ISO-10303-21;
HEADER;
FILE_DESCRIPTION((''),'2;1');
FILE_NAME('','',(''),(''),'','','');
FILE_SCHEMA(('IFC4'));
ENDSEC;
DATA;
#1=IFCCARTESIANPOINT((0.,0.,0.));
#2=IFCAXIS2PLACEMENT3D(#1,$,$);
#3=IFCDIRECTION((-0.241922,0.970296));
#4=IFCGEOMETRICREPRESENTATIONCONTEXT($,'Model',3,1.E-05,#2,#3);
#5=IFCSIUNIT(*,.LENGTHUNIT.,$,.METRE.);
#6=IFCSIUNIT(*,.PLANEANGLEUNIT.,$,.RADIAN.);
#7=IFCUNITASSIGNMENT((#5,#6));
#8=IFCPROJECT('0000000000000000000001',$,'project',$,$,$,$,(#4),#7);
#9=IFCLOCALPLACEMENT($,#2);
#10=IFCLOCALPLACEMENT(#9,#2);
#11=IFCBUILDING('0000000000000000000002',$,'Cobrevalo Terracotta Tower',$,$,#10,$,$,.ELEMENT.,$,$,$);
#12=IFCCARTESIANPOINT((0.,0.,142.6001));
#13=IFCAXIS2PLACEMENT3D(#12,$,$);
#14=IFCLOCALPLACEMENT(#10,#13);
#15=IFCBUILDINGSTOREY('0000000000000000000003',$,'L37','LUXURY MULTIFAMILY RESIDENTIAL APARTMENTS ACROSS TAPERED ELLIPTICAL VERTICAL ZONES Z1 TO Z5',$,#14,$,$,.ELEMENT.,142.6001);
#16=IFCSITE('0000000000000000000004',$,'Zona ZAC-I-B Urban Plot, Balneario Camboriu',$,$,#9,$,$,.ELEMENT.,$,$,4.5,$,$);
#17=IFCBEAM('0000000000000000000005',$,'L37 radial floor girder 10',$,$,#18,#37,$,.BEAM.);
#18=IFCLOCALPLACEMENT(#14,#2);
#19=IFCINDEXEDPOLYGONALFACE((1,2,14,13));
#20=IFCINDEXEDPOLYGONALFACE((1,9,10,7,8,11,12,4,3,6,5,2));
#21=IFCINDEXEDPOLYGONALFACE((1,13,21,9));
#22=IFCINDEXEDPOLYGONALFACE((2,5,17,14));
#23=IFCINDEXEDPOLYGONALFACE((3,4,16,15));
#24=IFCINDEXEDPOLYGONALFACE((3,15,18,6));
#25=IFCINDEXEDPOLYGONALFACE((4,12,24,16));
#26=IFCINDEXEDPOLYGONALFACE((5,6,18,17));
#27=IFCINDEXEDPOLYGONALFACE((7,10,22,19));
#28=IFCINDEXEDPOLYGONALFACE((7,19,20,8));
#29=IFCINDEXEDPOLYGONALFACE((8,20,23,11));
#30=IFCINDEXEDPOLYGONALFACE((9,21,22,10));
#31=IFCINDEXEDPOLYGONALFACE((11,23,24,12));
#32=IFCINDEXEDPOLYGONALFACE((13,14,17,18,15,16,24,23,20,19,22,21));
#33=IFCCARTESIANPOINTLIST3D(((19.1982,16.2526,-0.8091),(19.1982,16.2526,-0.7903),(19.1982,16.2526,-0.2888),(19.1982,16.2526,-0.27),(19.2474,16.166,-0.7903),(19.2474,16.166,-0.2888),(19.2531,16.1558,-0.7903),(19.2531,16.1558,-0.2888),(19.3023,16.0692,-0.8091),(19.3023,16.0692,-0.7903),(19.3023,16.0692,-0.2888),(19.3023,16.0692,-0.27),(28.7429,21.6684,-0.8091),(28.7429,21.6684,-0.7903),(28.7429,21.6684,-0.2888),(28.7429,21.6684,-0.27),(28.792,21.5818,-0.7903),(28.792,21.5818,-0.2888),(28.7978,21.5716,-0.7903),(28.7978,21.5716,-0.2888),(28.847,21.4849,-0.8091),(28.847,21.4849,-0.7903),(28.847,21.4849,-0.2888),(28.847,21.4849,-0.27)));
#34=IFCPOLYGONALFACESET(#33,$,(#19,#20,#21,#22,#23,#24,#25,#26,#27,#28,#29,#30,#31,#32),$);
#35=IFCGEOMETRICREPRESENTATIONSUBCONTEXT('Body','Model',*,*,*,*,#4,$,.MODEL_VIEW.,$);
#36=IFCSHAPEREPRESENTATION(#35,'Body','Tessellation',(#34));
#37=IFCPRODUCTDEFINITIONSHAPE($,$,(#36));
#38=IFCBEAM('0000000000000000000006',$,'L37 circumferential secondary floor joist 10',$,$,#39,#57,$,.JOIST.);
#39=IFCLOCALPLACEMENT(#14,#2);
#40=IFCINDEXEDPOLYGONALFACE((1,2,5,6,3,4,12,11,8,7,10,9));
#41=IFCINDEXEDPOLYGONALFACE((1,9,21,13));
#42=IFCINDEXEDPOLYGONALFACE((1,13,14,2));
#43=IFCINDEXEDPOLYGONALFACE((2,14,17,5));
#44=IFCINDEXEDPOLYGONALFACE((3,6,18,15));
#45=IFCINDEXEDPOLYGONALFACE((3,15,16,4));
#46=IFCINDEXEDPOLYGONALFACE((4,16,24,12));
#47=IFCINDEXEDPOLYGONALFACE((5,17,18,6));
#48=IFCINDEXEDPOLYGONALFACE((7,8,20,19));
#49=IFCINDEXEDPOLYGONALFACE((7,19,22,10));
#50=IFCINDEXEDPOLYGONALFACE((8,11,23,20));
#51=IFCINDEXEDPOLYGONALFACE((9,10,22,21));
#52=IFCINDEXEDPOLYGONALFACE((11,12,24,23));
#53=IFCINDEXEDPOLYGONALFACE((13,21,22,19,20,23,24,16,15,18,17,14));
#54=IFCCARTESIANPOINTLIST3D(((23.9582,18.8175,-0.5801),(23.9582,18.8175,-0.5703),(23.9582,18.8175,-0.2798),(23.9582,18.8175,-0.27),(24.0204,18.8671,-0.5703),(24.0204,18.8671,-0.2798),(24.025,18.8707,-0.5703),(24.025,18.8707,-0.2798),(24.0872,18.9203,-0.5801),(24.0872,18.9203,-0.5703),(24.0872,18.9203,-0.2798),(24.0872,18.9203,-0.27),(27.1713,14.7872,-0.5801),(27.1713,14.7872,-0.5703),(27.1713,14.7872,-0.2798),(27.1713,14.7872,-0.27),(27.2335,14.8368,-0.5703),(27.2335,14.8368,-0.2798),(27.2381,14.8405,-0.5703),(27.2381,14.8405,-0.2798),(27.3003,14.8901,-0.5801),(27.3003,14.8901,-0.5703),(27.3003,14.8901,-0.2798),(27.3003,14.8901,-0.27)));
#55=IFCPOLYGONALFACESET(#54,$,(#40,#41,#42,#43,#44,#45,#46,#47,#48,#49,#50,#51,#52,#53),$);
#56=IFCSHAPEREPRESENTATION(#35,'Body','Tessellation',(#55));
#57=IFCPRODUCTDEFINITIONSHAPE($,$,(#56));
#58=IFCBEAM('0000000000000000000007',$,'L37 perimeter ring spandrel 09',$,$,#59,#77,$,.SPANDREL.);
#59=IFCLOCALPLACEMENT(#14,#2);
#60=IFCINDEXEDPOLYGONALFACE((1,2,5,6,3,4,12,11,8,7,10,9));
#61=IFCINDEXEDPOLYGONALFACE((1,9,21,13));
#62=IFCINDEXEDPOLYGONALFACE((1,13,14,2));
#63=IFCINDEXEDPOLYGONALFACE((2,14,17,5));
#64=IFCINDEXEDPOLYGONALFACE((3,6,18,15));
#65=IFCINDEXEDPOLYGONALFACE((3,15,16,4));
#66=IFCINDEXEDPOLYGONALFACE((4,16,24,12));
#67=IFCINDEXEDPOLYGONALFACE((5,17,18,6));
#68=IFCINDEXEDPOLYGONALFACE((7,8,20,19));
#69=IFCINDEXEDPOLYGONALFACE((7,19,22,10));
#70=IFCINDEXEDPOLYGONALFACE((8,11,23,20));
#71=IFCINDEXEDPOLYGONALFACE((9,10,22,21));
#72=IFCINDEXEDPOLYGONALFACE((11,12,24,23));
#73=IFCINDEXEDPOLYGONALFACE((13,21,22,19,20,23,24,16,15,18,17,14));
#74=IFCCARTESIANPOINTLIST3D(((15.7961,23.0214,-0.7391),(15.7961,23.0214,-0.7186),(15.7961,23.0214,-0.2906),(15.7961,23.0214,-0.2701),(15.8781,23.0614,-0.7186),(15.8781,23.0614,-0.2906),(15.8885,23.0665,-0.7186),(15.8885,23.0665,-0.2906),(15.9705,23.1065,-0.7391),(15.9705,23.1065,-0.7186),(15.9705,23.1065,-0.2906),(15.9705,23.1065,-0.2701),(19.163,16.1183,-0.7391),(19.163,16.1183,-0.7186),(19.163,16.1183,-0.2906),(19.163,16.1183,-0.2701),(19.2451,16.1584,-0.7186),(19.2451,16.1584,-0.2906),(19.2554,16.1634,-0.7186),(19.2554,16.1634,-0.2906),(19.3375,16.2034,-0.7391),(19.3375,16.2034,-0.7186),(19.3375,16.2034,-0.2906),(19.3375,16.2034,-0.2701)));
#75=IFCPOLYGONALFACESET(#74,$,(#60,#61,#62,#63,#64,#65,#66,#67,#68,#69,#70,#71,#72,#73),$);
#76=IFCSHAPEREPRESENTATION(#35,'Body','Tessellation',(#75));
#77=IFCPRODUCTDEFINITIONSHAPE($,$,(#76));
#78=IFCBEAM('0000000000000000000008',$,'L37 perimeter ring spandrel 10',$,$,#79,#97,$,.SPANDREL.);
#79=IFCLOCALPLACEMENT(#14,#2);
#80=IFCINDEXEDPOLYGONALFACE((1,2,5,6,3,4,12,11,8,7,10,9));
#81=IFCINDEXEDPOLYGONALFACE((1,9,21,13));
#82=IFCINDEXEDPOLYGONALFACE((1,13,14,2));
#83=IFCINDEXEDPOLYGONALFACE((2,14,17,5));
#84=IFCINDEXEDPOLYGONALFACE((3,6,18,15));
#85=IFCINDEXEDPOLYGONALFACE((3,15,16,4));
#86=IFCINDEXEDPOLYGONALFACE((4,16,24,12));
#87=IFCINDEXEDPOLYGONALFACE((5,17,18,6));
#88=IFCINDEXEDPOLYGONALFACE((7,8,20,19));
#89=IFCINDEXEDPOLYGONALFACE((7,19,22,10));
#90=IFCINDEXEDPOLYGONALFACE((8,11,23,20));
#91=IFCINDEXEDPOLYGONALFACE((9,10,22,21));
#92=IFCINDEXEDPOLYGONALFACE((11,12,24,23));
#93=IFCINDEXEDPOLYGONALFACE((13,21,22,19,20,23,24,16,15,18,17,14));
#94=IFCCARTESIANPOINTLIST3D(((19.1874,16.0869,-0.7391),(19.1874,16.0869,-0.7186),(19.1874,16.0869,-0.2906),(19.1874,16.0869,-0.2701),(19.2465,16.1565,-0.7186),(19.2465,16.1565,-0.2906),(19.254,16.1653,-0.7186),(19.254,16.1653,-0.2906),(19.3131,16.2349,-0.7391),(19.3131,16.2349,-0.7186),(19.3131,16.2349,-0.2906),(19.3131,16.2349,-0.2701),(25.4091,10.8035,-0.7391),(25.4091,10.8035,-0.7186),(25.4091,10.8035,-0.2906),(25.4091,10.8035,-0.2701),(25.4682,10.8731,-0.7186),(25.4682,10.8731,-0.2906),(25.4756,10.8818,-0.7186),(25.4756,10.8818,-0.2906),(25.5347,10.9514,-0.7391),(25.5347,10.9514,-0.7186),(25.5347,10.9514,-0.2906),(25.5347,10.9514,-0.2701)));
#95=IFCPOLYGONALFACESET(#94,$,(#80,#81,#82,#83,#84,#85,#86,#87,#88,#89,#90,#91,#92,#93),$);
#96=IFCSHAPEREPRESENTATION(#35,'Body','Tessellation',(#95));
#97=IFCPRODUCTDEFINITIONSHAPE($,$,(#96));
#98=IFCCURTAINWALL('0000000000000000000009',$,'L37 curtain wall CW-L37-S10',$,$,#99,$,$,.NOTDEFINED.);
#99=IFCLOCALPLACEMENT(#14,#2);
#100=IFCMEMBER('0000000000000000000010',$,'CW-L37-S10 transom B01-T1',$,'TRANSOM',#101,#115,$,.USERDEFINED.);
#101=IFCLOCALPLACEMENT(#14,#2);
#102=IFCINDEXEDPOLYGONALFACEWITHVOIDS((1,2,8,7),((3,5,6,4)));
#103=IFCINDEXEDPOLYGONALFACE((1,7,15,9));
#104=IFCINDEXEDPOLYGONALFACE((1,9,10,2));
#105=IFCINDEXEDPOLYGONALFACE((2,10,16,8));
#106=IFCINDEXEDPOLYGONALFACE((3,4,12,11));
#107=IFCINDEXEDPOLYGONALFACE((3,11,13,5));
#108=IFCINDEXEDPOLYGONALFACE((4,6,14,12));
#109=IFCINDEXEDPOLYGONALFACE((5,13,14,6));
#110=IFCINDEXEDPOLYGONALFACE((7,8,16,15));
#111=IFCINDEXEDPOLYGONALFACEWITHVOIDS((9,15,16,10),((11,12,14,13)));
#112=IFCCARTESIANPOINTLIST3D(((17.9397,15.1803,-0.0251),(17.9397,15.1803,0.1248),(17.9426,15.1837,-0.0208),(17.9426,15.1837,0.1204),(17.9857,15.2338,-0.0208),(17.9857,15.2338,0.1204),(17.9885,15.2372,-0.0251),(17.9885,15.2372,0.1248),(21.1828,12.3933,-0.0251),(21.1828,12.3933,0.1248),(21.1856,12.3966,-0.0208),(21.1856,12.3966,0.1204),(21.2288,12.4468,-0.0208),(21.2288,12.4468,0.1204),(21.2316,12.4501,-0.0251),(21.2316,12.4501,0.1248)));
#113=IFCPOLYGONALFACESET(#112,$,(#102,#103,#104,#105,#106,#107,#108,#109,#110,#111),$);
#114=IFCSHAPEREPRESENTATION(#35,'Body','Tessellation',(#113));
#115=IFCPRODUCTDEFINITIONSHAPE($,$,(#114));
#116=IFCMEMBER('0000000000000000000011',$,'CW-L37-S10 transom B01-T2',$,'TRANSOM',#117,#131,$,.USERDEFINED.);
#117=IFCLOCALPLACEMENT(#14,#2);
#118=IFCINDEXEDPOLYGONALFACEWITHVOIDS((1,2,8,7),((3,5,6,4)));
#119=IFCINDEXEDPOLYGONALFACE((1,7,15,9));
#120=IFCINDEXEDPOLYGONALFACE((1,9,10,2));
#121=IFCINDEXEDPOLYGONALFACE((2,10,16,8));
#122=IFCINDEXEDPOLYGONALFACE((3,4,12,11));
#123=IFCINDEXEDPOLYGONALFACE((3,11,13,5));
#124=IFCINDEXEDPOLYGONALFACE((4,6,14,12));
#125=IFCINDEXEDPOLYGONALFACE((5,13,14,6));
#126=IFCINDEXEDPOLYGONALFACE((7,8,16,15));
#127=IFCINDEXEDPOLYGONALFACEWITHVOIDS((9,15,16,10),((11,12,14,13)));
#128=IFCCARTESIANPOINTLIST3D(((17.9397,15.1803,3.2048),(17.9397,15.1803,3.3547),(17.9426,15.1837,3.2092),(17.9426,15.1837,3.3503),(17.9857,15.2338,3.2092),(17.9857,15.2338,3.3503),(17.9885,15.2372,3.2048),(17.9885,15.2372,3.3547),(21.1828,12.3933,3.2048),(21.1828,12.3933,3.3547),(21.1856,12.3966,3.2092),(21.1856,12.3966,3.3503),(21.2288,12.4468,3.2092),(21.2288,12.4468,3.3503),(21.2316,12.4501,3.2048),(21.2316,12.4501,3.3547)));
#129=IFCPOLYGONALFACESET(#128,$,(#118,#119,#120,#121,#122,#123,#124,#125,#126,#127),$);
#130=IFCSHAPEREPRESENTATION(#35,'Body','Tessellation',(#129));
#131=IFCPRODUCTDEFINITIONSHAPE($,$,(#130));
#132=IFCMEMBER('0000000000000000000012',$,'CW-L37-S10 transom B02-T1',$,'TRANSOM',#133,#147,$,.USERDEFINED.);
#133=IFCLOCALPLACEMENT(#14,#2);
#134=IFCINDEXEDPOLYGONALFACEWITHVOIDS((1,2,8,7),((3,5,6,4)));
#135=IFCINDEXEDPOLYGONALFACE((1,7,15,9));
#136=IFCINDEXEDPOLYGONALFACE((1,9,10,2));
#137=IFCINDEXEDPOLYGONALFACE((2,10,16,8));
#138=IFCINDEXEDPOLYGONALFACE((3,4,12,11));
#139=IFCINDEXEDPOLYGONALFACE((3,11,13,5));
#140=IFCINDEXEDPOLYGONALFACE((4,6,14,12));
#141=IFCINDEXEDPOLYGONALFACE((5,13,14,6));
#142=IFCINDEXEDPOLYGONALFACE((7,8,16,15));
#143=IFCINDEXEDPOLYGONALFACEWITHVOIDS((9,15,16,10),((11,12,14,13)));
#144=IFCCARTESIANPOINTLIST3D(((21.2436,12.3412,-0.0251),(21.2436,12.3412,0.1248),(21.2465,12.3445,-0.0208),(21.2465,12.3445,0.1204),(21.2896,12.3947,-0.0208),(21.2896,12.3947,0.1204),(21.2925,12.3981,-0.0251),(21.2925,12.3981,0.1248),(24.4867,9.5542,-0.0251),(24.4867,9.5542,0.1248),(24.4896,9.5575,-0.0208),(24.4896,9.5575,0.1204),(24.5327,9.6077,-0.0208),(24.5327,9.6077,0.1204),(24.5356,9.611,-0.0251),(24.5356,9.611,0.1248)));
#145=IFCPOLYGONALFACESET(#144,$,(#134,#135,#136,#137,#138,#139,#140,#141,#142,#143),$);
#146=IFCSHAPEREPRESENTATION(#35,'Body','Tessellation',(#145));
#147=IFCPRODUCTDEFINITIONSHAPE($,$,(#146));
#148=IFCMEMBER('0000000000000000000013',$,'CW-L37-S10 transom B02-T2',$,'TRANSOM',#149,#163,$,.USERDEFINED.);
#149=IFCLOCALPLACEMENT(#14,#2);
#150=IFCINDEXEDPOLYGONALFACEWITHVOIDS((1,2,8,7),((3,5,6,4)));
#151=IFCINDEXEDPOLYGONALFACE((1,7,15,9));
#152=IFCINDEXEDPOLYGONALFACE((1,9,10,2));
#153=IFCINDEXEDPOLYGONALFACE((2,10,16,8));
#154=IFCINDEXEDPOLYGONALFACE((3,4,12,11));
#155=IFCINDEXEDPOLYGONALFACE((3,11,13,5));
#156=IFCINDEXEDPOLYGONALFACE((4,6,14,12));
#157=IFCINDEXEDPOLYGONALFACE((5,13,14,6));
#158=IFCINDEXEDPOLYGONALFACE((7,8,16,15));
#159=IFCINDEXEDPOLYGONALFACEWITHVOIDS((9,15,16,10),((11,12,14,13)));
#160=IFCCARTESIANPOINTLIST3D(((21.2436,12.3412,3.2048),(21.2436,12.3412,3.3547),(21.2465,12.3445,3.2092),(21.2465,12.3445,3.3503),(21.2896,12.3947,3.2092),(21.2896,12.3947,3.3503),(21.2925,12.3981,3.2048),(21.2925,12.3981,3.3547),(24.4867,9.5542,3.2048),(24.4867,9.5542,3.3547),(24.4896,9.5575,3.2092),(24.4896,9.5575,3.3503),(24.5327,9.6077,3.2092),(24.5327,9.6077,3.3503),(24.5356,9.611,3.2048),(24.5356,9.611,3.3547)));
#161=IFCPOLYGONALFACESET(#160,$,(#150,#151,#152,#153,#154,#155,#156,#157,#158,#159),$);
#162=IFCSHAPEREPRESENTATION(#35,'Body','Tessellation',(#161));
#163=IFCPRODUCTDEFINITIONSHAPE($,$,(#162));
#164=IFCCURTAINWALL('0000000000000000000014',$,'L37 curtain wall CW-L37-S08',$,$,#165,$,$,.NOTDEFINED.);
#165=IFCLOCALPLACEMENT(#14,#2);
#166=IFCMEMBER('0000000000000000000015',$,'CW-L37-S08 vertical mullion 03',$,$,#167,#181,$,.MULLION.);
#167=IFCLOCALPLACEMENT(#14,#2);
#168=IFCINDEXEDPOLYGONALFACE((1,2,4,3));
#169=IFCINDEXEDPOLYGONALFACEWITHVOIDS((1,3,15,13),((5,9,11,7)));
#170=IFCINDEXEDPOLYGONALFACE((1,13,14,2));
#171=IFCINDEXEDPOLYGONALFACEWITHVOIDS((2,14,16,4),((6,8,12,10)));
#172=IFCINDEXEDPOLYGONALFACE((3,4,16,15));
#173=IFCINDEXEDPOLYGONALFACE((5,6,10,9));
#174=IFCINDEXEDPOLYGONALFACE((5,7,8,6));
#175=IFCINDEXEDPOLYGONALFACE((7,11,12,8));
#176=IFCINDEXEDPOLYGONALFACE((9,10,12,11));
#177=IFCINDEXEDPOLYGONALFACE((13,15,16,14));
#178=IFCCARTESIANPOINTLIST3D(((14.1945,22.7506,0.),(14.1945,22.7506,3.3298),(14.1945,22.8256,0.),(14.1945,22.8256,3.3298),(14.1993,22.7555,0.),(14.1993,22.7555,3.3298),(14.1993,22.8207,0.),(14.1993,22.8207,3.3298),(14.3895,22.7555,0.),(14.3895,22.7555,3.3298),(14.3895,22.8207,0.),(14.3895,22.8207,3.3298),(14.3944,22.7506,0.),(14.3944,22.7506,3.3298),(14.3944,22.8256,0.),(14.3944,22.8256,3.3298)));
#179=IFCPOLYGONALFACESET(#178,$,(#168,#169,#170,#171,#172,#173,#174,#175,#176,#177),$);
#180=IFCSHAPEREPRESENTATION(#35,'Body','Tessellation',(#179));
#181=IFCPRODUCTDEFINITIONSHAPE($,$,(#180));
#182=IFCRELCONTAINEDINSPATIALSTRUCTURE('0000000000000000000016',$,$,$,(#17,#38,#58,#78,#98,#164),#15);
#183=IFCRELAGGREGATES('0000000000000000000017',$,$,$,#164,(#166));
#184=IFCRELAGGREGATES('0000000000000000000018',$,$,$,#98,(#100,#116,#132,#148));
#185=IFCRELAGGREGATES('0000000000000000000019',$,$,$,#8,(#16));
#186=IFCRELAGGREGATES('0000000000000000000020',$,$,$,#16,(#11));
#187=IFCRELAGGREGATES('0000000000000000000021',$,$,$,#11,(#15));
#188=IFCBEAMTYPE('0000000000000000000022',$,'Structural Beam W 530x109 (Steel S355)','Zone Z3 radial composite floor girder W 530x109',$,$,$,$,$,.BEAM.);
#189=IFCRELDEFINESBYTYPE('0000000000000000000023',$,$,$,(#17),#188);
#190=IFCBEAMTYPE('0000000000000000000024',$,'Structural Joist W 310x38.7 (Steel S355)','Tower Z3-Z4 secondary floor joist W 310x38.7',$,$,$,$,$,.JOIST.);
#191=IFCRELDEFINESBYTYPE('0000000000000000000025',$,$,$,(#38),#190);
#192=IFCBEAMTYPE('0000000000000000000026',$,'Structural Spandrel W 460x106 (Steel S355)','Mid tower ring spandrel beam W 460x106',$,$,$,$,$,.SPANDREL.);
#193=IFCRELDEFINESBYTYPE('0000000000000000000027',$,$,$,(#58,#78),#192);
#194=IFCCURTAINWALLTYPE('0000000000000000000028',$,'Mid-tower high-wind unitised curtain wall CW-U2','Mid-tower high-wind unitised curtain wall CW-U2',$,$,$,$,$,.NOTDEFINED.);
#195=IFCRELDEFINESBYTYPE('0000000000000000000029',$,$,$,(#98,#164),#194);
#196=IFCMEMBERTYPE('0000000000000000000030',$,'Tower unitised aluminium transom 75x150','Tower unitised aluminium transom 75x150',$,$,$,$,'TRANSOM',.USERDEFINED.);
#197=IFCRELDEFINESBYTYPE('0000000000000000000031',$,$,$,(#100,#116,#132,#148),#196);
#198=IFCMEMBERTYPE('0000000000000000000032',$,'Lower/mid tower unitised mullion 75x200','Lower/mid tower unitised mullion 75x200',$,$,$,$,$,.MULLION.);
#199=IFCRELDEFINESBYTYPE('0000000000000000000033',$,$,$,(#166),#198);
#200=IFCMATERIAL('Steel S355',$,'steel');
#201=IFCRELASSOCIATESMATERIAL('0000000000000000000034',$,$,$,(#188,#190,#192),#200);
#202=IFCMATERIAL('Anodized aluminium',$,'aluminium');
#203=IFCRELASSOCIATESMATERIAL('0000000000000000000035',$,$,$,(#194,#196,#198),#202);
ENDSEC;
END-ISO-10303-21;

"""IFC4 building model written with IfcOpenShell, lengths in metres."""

from ifc_helpers import new_model, si_unit, direction, frame, origin, origin_2d, place, context, subcontext, project, spatial, hollow_rectangle, i_section, extrude, source, transform, mapped, material, material_profile, profile_set, type_object, element, aggregate, save


model = new_model("IFC4")

# Units and contexts
model_context = context("Model", 3, precision=1e-05, world=origin(), true_north=direction((-0.241922, 0.970296)))
body_context = subcontext(model_context, "Body", "Model", "MODEL_VIEW")
ifc_project = project(units=[si_unit("LENGTHUNIT", "METRE"), si_unit("PLANEANGLEUNIT", "RADIAN")], contexts=[model_context])

# Site, building, storey
site_placement = place(None, origin())
site = spatial("IfcSite", under=ifc_project, at=site_placement, Name="Zona ZAC-I-B Urban Plot, Balneario Camboriu", CompositionType="ELEMENT", RefElevation=4.5)
building_placement = place(site_placement, origin())
building = spatial("IfcBuilding", under=site, at=building_placement, Name="Cobrevalo Terracotta Tower", CompositionType="ELEMENT")
storey_placement = place(building_placement, frame((0.0, 0.0, 142.6001)))
storey = spatial("IfcBuildingStorey", under=building, at=storey_placement, Name="L37", Description="LUXURY MULTIFAMILY RESIDENTIAL APARTMENTS ACROSS TAPERED ELLIPTICAL VERTICAL ZONES Z1 TO Z5", CompositionType="ELEMENT", Elevation=142.6001)

# Shared definitions
ifc_material_1 = material(Name="Steel S355", Category="steel")

# Beams
ifc_material_profile_1 = material_profile(ifc_material_1, i_section(OverallWidth=0.2109, OverallDepth=0.5391, WebThickness=0.0117, FlangeThickness=0.0188, at=origin_2d()), Name="W 530x109")
ifc_profile_set_1 = profile_set([ifc_material_profile_1], Name="Steel S355")
beam_type_1 = type_object("IfcBeamType", Name="Structural Beam W 530x109 (Steel S355)", Description="Zone Z3 radial composite floor girder W 530x109", PredefinedType="BEAM", material=ifc_profile_set_1)
beam_1_placement = place(storey_placement, frame((19.2502, 16.1609, -0.5396), z_axis=(0.869744, 0.493504, 0.0), x_axis=(-0.493504, 0.869744, 0.0)))
element("IfcBeam", 1, at=beam_1_placement, inside=storey, type_object=beam_type_1, Name="L37 radial floor girder 10", PredefinedType="BEAM", context=body_context, shape_type="SweptSolid", body=[
    extrude(i_section(OverallWidth=0.2109, OverallDepth=0.5391, WebThickness=0.0117, FlangeThickness=0.0188, at=origin_2d()), origin(), (0.0, 0.0, 1.0), 10.9741),
])
ifc_material_profile_2 = material_profile(ifc_material_1, i_section(OverallWidth=0.165, OverallDepth=0.3101, WebThickness=0.0059, FlangeThickness=0.0098, at=origin_2d()), Name="W 310x38.7")
ifc_profile_set_2 = profile_set([ifc_material_profile_2], Name="Steel S355")
beam_type_2 = type_object("IfcBeamType", Name="Structural Joist W 310x38.7 (Steel S355)", Description="Tower Z3-Z4 secondary floor joist W 310x38.7", PredefinedType="JOIST", material=ifc_profile_set_2)
beam_2_placement = place(storey_placement, frame((24.0227, 18.8689, -0.425), z_axis=(0.623383, -0.781917, 0.0), x_axis=(0.781917, 0.623383, 0.0)))
element("IfcBeam", 2, at=beam_2_placement, inside=storey, type_object=beam_type_2, Name="L37 circumferential secondary floor joist 10", PredefinedType="JOIST", context=body_context, shape_type="SweptSolid", body=[
    extrude(i_section(OverallWidth=0.165, OverallDepth=0.3101, WebThickness=0.0059, FlangeThickness=0.0098, at=origin_2d()), origin(), (0.0, 0.0, 1.0), 5.1543),
])
ifc_material_profile_3 = material_profile(ifc_material_1, i_section(OverallWidth=0.1941, OverallDepth=0.469, WebThickness=0.0115, FlangeThickness=0.0205, at=origin_2d()), Name="W 460x106")
ifc_profile_set_3 = profile_set([ifc_material_profile_3], Name="Steel S355")
beam_type_3 = type_object("IfcBeamType", Name="Structural Spandrel W 460x106 (Steel S355)", Description="Mid tower ring spandrel beam W 460x106", PredefinedType="SPANDREL", material=ifc_profile_set_3)
beam_3_placement = place(storey_placement, frame((15.8833, 23.064, -0.5046), z_axis=(0.43838, -0.89879, 0.0), x_axis=(0.89879, 0.43838, 0.0)))
element("IfcBeam", 3, at=beam_3_placement, inside=storey, type_object=beam_type_3, Name="L37 perimeter ring spandrel 09", PredefinedType="SPANDREL", context=body_context, shape_type="SweptSolid", body=[
    extrude(i_section(OverallWidth=0.1941, OverallDepth=0.469, WebThickness=0.0115, FlangeThickness=0.0205, at=origin_2d()), origin(), (0.0, 0.0, 1.0), 7.6804),
])
beam_4_placement = place(storey_placement, frame((19.2502, 16.1609, -0.5046), z_axis=(0.76224, -0.647294, 0.0), x_axis=(0.647294, 0.76224, 0.0)))
element("IfcBeam", 4, at=beam_4_placement, inside=storey, type_object=beam_type_3, Name="L37 perimeter ring spandrel 10", PredefinedType="SPANDREL", context=body_context, shape_type="SweptSolid", body=[
    extrude(i_section(OverallWidth=0.1941, OverallDepth=0.469, WebThickness=0.0115, FlangeThickness=0.0205, at=origin_2d()), origin(), (0.0, 0.0, 1.0), 8.1624),
])

# Curtain wall, members
ifc_material_2 = material(Name="Anodized aluminium", Category="aluminium")
curtain_wall_type = type_object("IfcCurtainWallType", Name="Mid-tower high-wind unitised curtain wall CW-U2", Description="Mid-tower high-wind unitised curtain wall CW-U2", PredefinedType="NOTDEFINED", material=ifc_material_2)
curtain_wall_1_placement = place(storey_placement, origin())
curtain_wall_1 = element("IfcCurtainWall", 5, at=curtain_wall_1_placement, inside=storey, type_object=curtain_wall_type, Name="L37 curtain wall CW-L37-S10", PredefinedType="NOTDEFINED")
ifc_material_profile_4 = material_profile(ifc_material_2, hollow_rectangle(XDim=0.075, YDim=0.1499, WallThickness=0.0044, at=origin_2d()), Name="CWT 75x150")
ifc_profile_set_4 = profile_set([ifc_material_profile_4], Name="Anodized aluminium")
member_type_1 = type_object("IfcMemberType", Name="Tower unitised aluminium transom 75x150", Description="Tower unitised aluminium transom 75x150", ElementType="TRANSOM", PredefinedType="USERDEFINED", material=ifc_profile_set_4)
shared_shape_1 = source(origin(), body_context, "Body", "SweptSolid", [
    extrude(hollow_rectangle(XDim=0.075, YDim=0.1499, WallThickness=0.0044, at=origin_2d()), origin(), (0.0, 0.0, 1.0), 4.2761),
])
member_1_placement = place(storey_placement, frame((17.9641, 15.2087, 0.0498), z_axis=(0.758418, -0.651769, 0.0), x_axis=(0.651769, 0.758418, 0.0)))
member_1 = element("IfcMember", 6, at=member_1_placement, type_object=member_type_1, Name="CW-L37-S10 transom B01-T1", ObjectType="TRANSOM", PredefinedType="USERDEFINED", context=body_context, shape_type="MappedRepresentation", body=[
    mapped(shared_shape_1, transform((0.0, 0.0, 0.0), scale=1.0)),
])
member_2_placement = place(storey_placement, frame((17.9641, 15.2087, 3.2798), z_axis=(0.758418, -0.651769, 0.0), x_axis=(0.651769, 0.758418, 0.0)))
member_2 = element("IfcMember", 7, at=member_2_placement, type_object=member_type_1, Name="CW-L37-S10 transom B01-T2", ObjectType="TRANSOM", PredefinedType="USERDEFINED", context=body_context, shape_type="MappedRepresentation", body=[
    mapped(shared_shape_1, transform((0.0, 0.0, 0.0), scale=1.0)),
])
member_3_placement = place(storey_placement, frame((21.2681, 12.3696, 0.0498), z_axis=(0.758418, -0.651769, 0.0), x_axis=(0.651769, 0.758418, 0.0)))
member_3 = element("IfcMember", 8, at=member_3_placement, type_object=member_type_1, Name="CW-L37-S10 transom B02-T1", ObjectType="TRANSOM", PredefinedType="USERDEFINED", context=body_context, shape_type="MappedRepresentation", body=[
    mapped(shared_shape_1, transform((0.0, 0.0, 0.0), scale=1.0)),
])
member_4_placement = place(storey_placement, frame((21.2681, 12.3696, 3.2798), z_axis=(0.758418, -0.651769, 0.0), x_axis=(0.651769, 0.758418, 0.0)))
member_4 = element("IfcMember", 9, at=member_4_placement, type_object=member_type_1, Name="CW-L37-S10 transom B02-T2", ObjectType="TRANSOM", PredefinedType="USERDEFINED", context=body_context, shape_type="MappedRepresentation", body=[
    mapped(shared_shape_1, transform((0.0, 0.0, 0.0), scale=1.0)),
])

# Curtain wall, member
curtain_wall_2_placement = place(storey_placement, origin())
curtain_wall_2 = element("IfcCurtainWall", 10, at=curtain_wall_2_placement, inside=storey, type_object=curtain_wall_type, Name="L37 curtain wall CW-L37-S08", PredefinedType="NOTDEFINED")
ifc_material_profile_5 = material_profile(ifc_material_2, hollow_rectangle(XDim=0.075, YDim=0.2, WallThickness=0.0049, at=origin_2d()), Name="CWM 75x200")
ifc_profile_set_5 = profile_set([ifc_material_profile_5], Name="Anodized aluminium")
member_type_2 = type_object("IfcMemberType", Name="Lower/mid tower unitised mullion 75x200", Description="Lower/mid tower unitised mullion 75x200", PredefinedType="MULLION", material=ifc_profile_set_5)
shared_shape_2 = source(origin(), body_context, "Body", "SweptSolid", [
    extrude(hollow_rectangle(XDim=0.075, YDim=0.2, WallThickness=0.0049, at=origin_2d()), origin(), (0.0, 0.0, 1.0), 3.3298),
])
member_5_placement = place(storey_placement, frame((14.2944, 22.7881, 0.0), z_axis=(0.0, 0.0, 1.0), x_axis=(0.0, -1.0, 0.0)))
member_5 = element("IfcMember", 11, at=member_5_placement, type_object=member_type_2, Name="CW-L37-S08 vertical mullion 03", PredefinedType="MULLION", context=body_context, shape_type="MappedRepresentation", body=[
    mapped(shared_shape_2, transform((0.0, 0.0, 0.0), scale=1.0)),
])
aggregate(curtain_wall_2, [member_5])

aggregate(curtain_wall_1, [member_1, member_2, member_3, member_4])

save(model, "model.ifc")
